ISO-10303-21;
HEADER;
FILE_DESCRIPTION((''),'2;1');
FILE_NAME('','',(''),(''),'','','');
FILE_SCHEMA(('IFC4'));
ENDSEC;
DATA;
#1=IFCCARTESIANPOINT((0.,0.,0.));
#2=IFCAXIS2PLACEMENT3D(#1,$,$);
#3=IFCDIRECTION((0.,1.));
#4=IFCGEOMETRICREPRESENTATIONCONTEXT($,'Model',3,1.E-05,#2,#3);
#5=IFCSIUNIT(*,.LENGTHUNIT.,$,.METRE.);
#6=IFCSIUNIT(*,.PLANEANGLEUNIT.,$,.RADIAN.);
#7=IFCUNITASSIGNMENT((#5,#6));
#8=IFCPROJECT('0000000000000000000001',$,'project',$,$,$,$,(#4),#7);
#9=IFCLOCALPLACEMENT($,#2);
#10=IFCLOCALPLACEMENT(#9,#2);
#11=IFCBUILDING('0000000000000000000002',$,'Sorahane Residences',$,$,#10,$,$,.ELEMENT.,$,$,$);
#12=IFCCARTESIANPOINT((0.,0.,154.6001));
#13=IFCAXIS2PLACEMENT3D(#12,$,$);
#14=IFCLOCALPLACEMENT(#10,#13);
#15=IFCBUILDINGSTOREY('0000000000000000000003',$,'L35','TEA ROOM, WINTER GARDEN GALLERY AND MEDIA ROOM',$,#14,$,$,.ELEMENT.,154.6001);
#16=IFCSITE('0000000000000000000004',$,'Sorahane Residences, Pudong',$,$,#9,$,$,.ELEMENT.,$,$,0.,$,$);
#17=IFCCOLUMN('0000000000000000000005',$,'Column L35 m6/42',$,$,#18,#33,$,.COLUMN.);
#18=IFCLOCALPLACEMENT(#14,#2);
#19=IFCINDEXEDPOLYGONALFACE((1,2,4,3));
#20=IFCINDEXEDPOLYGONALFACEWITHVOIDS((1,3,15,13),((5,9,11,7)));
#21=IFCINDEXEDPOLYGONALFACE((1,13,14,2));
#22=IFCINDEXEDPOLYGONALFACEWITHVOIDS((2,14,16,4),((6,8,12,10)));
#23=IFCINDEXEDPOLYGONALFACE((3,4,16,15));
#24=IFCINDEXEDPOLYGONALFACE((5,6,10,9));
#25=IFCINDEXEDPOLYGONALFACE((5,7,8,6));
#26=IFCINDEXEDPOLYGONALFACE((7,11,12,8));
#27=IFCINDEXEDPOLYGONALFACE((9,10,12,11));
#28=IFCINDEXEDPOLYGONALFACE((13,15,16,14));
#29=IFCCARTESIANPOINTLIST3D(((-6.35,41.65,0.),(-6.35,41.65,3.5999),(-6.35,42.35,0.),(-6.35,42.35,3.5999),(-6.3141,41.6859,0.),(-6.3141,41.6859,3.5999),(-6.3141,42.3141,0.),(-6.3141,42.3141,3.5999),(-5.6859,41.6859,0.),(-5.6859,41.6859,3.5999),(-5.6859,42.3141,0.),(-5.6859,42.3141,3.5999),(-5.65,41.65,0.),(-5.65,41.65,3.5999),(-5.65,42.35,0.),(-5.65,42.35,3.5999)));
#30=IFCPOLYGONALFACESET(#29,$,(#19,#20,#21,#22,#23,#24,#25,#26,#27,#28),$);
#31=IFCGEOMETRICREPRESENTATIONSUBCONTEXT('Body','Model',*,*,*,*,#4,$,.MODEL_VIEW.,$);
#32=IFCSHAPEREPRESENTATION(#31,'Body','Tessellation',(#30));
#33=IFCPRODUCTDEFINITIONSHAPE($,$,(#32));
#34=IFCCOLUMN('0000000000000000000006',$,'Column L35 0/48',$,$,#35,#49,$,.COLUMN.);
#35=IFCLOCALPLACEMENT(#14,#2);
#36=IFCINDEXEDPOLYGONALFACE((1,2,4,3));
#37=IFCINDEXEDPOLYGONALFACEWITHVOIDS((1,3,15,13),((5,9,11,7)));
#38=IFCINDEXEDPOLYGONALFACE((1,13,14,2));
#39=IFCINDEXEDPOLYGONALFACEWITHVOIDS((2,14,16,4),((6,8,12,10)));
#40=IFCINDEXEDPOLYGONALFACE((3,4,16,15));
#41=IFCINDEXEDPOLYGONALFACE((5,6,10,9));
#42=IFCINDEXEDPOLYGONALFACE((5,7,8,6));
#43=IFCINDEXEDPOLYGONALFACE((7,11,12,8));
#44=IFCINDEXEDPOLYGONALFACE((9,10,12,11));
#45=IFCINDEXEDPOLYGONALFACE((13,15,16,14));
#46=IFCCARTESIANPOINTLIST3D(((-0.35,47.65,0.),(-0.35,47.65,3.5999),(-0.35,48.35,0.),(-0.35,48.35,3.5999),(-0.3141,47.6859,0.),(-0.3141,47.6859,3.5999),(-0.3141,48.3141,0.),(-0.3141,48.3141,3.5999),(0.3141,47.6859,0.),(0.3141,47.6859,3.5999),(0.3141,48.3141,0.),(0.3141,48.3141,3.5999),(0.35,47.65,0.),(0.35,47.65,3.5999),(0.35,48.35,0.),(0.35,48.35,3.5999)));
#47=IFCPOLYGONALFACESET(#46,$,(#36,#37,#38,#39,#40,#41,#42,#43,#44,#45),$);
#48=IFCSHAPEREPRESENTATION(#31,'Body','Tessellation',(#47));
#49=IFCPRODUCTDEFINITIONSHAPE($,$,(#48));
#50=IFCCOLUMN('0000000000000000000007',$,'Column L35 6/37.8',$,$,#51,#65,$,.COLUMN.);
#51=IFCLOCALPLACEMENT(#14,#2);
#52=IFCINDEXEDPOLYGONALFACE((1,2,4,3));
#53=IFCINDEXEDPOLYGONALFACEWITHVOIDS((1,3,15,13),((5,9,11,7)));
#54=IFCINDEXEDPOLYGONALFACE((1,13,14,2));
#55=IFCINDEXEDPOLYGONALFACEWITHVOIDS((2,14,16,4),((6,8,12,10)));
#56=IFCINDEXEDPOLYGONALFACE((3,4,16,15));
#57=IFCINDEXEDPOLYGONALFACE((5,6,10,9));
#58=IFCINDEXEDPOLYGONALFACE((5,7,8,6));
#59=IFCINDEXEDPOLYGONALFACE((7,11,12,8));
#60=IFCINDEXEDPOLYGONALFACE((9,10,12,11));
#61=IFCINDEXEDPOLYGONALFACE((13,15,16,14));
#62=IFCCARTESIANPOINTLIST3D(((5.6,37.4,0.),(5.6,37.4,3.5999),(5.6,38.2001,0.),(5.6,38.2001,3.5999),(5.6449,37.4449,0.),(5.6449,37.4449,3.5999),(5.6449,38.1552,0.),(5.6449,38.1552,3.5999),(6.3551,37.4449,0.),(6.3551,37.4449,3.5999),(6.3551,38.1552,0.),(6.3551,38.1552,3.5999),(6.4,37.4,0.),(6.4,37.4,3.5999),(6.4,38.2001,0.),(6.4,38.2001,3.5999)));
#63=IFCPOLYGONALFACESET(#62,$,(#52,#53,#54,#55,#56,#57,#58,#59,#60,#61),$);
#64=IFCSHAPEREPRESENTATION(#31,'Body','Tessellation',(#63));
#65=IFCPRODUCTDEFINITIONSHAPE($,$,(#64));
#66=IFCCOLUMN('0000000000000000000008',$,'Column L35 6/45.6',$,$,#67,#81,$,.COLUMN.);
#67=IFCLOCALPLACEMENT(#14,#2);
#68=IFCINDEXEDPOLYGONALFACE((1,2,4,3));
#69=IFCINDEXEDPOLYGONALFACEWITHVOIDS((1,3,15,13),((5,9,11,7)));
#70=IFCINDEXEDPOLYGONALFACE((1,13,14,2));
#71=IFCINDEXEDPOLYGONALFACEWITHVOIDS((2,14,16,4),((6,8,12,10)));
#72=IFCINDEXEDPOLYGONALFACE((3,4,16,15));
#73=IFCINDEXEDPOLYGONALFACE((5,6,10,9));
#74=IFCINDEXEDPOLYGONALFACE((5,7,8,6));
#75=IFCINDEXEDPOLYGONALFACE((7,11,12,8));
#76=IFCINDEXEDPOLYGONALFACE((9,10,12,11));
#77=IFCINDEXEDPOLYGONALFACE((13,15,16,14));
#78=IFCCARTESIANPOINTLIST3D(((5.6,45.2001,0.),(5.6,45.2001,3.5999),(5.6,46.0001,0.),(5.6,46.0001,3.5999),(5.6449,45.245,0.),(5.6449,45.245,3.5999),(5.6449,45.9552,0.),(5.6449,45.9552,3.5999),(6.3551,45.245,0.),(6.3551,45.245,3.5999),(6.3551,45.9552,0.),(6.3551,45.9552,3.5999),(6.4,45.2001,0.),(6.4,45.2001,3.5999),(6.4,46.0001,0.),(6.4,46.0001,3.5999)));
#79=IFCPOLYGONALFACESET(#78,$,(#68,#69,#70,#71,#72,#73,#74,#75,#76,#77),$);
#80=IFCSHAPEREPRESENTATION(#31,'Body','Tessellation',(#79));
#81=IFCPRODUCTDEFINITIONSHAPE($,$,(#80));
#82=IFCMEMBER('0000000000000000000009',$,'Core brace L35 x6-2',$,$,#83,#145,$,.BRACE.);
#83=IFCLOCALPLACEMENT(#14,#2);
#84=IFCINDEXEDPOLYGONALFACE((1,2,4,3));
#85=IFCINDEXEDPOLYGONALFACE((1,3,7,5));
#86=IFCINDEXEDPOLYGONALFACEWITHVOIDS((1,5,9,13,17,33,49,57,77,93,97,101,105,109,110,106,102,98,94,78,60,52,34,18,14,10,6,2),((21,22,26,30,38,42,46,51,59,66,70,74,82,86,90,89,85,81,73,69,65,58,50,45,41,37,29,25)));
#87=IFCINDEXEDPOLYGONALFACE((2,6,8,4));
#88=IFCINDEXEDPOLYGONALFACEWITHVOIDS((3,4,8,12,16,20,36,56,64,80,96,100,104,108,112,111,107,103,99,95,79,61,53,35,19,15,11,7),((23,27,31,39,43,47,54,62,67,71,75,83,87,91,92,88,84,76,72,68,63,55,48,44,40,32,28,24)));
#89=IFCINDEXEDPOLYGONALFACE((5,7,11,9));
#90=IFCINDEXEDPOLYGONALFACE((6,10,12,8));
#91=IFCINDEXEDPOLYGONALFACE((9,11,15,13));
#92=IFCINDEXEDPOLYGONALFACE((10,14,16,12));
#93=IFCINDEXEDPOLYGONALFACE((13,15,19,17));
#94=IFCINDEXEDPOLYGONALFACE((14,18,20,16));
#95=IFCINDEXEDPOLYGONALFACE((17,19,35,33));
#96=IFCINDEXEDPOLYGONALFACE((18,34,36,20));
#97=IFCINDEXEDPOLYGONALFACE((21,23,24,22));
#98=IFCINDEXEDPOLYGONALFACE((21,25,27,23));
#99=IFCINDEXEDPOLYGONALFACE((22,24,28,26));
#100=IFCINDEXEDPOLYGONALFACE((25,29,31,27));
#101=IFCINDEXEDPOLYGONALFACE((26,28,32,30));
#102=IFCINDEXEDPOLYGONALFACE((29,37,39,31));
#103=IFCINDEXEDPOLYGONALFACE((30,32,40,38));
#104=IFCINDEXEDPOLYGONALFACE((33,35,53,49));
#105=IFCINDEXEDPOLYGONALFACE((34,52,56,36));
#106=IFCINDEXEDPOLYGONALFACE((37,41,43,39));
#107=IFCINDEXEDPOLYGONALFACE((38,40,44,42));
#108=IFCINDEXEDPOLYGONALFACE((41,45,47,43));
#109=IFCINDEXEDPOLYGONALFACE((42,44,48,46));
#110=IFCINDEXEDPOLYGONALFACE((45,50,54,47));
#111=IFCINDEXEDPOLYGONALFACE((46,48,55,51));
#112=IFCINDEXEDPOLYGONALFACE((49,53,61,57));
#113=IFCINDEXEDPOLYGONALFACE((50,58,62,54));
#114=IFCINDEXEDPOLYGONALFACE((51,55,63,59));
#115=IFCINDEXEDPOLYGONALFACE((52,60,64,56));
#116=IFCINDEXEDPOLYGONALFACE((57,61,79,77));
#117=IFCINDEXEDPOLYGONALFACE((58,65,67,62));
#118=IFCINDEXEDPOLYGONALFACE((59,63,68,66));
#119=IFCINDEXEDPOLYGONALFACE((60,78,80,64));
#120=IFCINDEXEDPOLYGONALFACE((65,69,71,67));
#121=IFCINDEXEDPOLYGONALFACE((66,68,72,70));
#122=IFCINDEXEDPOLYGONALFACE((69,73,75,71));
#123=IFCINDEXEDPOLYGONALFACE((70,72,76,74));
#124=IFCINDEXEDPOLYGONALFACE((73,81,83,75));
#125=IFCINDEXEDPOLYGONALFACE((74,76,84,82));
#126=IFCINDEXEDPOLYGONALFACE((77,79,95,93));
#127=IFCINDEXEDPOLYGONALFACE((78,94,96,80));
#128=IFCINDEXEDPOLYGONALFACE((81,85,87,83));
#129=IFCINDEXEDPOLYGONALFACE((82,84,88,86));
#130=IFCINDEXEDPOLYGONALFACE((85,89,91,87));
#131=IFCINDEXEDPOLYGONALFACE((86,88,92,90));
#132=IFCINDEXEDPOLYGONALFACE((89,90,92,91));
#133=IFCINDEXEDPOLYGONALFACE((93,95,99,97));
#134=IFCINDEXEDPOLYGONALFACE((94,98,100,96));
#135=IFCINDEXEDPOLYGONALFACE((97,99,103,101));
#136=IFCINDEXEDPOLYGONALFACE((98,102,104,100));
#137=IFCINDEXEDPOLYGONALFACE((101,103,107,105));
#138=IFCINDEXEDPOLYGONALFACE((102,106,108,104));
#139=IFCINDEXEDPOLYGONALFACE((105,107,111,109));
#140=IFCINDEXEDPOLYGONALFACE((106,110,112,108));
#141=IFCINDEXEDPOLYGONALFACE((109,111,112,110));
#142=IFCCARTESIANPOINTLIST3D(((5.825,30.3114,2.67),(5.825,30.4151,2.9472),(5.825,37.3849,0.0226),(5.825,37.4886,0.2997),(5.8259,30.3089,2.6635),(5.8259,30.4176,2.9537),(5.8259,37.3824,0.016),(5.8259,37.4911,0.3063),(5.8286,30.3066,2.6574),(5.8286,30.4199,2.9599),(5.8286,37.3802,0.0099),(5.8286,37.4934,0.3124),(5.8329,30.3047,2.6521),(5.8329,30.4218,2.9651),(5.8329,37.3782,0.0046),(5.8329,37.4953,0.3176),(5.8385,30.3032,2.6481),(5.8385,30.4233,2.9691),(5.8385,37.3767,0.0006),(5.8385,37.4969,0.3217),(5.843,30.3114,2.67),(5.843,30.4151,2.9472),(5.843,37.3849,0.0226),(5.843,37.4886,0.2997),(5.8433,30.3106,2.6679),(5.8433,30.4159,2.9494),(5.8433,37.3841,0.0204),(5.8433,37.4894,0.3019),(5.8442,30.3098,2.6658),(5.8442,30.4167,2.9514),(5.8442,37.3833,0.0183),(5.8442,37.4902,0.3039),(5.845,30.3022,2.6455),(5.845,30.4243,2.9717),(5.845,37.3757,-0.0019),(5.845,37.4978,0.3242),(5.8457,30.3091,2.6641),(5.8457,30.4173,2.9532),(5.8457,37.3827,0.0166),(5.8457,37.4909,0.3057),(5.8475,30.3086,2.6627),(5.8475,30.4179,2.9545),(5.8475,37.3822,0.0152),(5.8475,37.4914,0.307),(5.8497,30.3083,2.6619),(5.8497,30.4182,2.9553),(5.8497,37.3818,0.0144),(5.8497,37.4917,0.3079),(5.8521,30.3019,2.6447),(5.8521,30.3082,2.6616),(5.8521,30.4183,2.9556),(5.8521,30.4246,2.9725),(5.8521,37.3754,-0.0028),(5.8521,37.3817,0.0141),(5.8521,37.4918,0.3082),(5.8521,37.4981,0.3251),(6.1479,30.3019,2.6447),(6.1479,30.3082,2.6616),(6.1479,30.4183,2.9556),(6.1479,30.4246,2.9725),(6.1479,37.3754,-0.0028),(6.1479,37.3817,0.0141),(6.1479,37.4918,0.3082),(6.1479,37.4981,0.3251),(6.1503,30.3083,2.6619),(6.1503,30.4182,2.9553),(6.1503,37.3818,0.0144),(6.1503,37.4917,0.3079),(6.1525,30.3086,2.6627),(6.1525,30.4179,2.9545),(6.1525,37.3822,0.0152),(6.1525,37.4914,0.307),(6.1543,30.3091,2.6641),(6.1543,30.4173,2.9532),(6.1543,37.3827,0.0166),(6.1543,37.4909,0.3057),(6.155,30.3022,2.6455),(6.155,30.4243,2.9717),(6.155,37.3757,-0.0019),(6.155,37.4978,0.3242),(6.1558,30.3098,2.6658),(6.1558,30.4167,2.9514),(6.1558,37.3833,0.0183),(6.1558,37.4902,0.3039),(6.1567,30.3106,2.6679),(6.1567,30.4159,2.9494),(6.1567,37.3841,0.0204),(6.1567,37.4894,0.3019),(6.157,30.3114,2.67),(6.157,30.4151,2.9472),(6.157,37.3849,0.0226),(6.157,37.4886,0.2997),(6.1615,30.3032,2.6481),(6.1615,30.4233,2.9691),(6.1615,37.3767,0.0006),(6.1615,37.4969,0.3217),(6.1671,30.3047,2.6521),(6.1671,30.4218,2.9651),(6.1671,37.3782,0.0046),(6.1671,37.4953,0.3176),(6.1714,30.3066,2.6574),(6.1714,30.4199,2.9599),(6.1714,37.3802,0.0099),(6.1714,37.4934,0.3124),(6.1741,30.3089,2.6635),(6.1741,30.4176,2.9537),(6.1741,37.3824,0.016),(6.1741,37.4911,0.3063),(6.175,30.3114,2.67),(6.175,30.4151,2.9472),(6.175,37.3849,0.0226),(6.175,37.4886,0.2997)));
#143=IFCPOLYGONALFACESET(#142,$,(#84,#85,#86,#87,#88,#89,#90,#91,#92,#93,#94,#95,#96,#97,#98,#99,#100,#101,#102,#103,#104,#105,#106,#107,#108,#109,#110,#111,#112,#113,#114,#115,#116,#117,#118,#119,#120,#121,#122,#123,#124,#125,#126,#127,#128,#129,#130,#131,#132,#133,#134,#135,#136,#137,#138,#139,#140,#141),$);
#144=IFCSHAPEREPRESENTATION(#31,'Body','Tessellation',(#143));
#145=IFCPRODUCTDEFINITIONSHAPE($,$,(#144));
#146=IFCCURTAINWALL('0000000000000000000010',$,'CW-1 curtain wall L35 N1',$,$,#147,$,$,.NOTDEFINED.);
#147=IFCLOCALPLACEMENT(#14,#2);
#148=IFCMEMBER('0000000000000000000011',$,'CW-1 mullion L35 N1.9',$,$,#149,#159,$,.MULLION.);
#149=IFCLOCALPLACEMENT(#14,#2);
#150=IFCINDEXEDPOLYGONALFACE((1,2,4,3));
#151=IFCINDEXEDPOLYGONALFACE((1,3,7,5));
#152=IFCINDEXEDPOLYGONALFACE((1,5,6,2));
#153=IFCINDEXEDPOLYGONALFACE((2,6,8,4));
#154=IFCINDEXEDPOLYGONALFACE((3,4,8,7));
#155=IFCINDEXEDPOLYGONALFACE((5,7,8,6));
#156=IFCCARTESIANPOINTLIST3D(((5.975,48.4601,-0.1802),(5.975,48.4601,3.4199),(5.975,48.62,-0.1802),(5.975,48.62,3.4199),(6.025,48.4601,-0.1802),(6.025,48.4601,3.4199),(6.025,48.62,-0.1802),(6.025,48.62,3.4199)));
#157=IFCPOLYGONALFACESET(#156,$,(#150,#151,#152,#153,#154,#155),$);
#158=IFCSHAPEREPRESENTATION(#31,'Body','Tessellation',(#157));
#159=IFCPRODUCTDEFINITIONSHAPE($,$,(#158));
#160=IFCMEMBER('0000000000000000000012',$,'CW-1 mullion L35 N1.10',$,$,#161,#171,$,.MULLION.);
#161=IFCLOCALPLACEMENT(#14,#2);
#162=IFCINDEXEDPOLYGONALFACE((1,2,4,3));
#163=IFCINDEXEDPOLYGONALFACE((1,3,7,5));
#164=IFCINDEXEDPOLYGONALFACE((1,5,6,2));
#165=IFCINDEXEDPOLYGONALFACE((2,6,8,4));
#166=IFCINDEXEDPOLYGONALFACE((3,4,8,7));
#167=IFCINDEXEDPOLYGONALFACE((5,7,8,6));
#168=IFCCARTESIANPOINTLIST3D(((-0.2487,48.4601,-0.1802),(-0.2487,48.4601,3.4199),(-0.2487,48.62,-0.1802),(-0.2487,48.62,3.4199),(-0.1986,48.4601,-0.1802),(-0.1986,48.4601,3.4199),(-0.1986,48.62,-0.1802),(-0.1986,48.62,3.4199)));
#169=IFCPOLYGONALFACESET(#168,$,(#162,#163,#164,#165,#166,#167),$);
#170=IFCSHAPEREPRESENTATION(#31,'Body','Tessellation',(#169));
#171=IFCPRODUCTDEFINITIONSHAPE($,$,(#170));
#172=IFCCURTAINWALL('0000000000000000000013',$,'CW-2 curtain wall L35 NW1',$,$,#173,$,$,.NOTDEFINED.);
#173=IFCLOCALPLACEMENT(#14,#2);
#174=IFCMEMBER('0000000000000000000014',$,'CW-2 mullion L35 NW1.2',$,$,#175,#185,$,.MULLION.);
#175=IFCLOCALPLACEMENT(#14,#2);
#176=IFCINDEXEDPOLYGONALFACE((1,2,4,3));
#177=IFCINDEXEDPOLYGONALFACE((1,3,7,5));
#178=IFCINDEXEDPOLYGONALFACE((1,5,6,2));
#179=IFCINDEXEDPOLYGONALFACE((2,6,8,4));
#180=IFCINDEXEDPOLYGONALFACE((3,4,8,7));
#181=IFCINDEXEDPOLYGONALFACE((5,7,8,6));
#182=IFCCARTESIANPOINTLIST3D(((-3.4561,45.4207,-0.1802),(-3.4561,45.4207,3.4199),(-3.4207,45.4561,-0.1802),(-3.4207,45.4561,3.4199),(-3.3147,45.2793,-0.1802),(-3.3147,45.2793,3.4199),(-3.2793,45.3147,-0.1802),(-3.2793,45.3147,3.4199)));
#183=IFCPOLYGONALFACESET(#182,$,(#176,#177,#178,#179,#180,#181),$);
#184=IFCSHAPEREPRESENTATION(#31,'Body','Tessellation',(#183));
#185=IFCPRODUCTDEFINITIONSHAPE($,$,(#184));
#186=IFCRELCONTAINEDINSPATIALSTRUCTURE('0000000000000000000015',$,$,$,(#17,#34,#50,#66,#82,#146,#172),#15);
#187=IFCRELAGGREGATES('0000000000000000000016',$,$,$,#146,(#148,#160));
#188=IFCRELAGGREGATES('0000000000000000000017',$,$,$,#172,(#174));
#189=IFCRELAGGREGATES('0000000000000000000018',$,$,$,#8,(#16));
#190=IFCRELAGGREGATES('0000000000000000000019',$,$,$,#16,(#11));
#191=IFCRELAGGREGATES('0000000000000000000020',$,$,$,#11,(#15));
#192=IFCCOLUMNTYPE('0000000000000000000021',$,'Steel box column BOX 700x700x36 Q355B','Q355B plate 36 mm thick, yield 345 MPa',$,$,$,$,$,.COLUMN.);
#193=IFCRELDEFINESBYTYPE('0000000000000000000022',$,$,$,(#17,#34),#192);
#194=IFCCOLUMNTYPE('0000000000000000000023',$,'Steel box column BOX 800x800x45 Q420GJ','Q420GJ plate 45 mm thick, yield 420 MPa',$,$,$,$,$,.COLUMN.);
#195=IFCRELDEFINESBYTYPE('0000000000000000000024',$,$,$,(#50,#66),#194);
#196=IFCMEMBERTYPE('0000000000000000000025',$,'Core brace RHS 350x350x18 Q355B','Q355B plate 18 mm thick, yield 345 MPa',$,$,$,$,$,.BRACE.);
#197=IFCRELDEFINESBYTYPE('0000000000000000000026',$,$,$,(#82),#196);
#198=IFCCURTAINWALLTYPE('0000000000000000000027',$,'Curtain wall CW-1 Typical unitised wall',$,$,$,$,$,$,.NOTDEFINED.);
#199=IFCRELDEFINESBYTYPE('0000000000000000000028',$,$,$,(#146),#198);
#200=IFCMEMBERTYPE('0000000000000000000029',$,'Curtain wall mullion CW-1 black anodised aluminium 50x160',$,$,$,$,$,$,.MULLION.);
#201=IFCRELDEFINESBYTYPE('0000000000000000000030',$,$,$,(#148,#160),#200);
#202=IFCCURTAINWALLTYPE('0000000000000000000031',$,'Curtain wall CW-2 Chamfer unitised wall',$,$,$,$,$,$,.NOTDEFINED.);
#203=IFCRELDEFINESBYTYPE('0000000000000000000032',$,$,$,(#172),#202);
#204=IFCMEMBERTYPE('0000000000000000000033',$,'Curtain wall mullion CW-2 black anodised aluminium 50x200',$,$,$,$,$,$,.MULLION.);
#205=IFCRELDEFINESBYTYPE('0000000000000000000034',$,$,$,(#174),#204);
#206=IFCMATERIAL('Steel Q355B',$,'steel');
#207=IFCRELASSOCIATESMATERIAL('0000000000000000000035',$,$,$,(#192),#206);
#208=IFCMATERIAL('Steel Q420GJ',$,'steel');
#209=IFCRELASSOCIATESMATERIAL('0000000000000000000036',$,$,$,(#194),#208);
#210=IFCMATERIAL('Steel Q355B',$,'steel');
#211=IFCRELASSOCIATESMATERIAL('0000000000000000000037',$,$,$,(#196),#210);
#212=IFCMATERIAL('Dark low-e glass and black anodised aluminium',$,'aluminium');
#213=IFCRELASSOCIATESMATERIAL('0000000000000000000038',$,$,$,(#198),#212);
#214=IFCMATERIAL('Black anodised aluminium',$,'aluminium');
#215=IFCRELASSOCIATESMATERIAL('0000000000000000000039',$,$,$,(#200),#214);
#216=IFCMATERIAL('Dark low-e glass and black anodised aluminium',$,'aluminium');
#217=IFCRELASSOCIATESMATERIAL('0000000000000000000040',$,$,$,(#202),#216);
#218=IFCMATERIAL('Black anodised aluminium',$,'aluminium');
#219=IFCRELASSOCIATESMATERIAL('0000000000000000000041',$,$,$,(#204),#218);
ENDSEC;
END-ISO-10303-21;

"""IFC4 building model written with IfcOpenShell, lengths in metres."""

from ifc_helpers import new_model, si_unit, direction, frame, origin, origin_2d, place, context, subcontext, project, spatial, rectangle, hollow_rectangle, extrude, material, material_profile, profile_set, type_object, element, aggregate, save


model = new_model("IFC4")

# Units and contexts
model_context = context("Model", 3, precision=1e-05, world=origin(), true_north=direction((0.0, 1.0)))
body_context = subcontext(model_context, "Body", "Model", "MODEL_VIEW")
ifc_project = project(units=[si_unit("LENGTHUNIT", "METRE"), si_unit("PLANEANGLEUNIT", "RADIAN")], contexts=[model_context])

# Site, building, storey
site_placement = place(None, origin())
site = spatial("IfcSite", under=ifc_project, at=site_placement, Name="Sorahane Residences, Pudong", CompositionType="ELEMENT", RefElevation=0.0)
building_placement = place(site_placement, origin())
building = spatial("IfcBuilding", under=site, at=building_placement, Name="Sorahane Residences", CompositionType="ELEMENT")
storey_placement = place(building_placement, frame((0.0, 0.0, 154.6001)))
storey = spatial("IfcBuildingStorey", under=building, at=storey_placement, Name="L35", Description="TEA ROOM, WINTER GARDEN GALLERY AND MEDIA ROOM", CompositionType="ELEMENT", Elevation=154.6001)

# Columns
ifc_material_1 = material(Name="Steel Q355B", Category="steel")
ifc_material_profile_1 = material_profile(ifc_material_1, hollow_rectangle(XDim=0.7, YDim=0.7, WallThickness=0.0359, at=origin_2d()), Name="BOX 700x700x36")
ifc_profile_set_1 = profile_set([ifc_material_profile_1], Name="Steel Q355B")
column_type_1 = type_object("IfcColumnType", Name="Steel box column BOX 700x700x36 Q355B", Description="Q355B plate 36 mm thick, yield 345 MPa", PredefinedType="COLUMN", material=ifc_profile_set_1)
for number, where, z_axis, x_axis, name in (
    (1, (-6.0, 42.0, 0.0), (0.0, 0.0, 1.0), (1.0, 0.0, 0.0), "Column L35 m6/42"),
    (2, (0.0, 48.0, 0.0), (0.0, 0.0, 1.0), (1.0, 0.0, 0.0), "Column L35 0/48"),
):
    element("IfcColumn", number, at=place(storey_placement, frame(where, z_axis=z_axis, x_axis=x_axis)), inside=storey, type_object=column_type_1, Name=name, PredefinedType="COLUMN", context=body_context, shape_type="SweptSolid", body=[
        extrude(hollow_rectangle(XDim=0.7, YDim=0.7, WallThickness=0.0359, at=origin_2d()), origin(), (0.0, 0.0, 1.0), 3.5999),
    ])
ifc_material_2 = material(Name="Steel Q420GJ", Category="steel")
ifc_material_profile_2 = material_profile(ifc_material_2, hollow_rectangle(XDim=0.8, YDim=0.8, WallThickness=0.0449, at=origin_2d()), Name="BOX 800x800x45")
ifc_profile_set_2 = profile_set([ifc_material_profile_2], Name="Steel Q420GJ")
column_type_2 = type_object("IfcColumnType", Name="Steel box column BOX 800x800x45 Q420GJ", Description="Q420GJ plate 45 mm thick, yield 420 MPa", PredefinedType="COLUMN", material=ifc_profile_set_2)
for number, where, z_axis, x_axis, name in (
    (3, (6.0, 37.8, 0.0), (0.0, 0.0, 1.0), (1.0, 0.0, 0.0), "Column L35 6/37.8"),
    (4, (6.0, 45.6001, 0.0), (0.0, 0.0, 1.0), (1.0, 0.0, 0.0), "Column L35 6/45.6"),
):
    element("IfcColumn", number, at=place(storey_placement, frame(where, z_axis=z_axis, x_axis=x_axis)), inside=storey, type_object=column_type_2, Name=name, PredefinedType="COLUMN", context=body_context, shape_type="SweptSolid", body=[
        extrude(hollow_rectangle(XDim=0.8, YDim=0.8, WallThickness=0.0449, at=origin_2d()), origin(), (0.0, 0.0, 1.0), 3.5999),
    ])

# Member
ifc_material_3 = material(Name="Steel Q355B", Category="steel")
ifc_material_profile_3 = material_profile(ifc_material_3, hollow_rectangle(XDim=0.3501, YDim=0.3501, WallThickness=0.0181, InnerFilletRadius=0.009, OuterFilletRadius=0.0271, at=origin_2d()), Name="RHS 350x350x18")
ifc_profile_set_3 = profile_set([ifc_material_profile_3], Name="Steel Q355B")
member_type_1 = type_object("IfcMemberType", Name="Core brace RHS 350x350x18 Q355B", Description="Q355B plate 18 mm thick, yield 345 MPa", PredefinedType="BRACE", material=ifc_profile_set_3)
member_1_placement = place(storey_placement, frame((6.0, 37.4368, 0.1611), z_axis=(0.0, -0.936551, 0.350532), x_axis=(1.0, 0.0, 0.0)))
element("IfcMember", 5, at=member_1_placement, inside=storey, type_object=member_type_1, Name="Core brace L35 x6-2", PredefinedType="BRACE", context=body_context, shape_type="SweptSolid", body=[
    extrude(hollow_rectangle(XDim=0.3501, YDim=0.3501, WallThickness=0.0181, InnerFilletRadius=0.009, OuterFilletRadius=0.0271, at=origin_2d()), origin(), (0.0, 0.0, 1.0), 7.5527),
])

# Curtain walls, members
ifc_material_4 = material(Name="Dark low-e glass and black anodised aluminium", Category="aluminium")
curtain_wall_type_1 = type_object("IfcCurtainWallType", Name="Curtain wall CW-1 Typical unitised wall", PredefinedType="NOTDEFINED", material=ifc_material_4)
curtain_wall_1_placement = place(storey_placement, origin())
curtain_wall_1 = element("IfcCurtainWall", 6, at=curtain_wall_1_placement, inside=storey, type_object=curtain_wall_type_1, Name="CW-1 curtain wall L35 N1", PredefinedType="NOTDEFINED")
ifc_material_5 = material(Name="Black anodised aluminium", Category="aluminium")
ifc_material_profile_4 = material_profile(ifc_material_5, rectangle(XDim=0.1599, YDim=0.05, at=origin_2d()), Name="Curtain wall mullion CW-1 black anodised aluminium 50x160")
ifc_profile_set_4 = profile_set([ifc_material_profile_4], Name="Black anodised aluminium")
member_type_2 = type_object("IfcMemberType", Name="Curtain wall mullion CW-1 black anodised aluminium 50x160", PredefinedType="MULLION", material=ifc_profile_set_4)
member_2_placement = place(storey_placement, frame((6.0, 48.54, -0.1802), z_axis=(0.0, 0.0, 1.0), x_axis=(0.0, 1.0, 0.0)))
member_2 = element("IfcMember", 7, at=member_2_placement, type_object=member_type_2, Name="CW-1 mullion L35 N1.9", PredefinedType="MULLION", context=body_context, shape_type="SweptSolid", body=[
    extrude(rectangle(XDim=0.1599, YDim=0.05, at=origin_2d()), origin(), (0.0, 0.0, 1.0), 3.6001),
])
member_3_placement = place(storey_placement, frame((-0.2236, 48.54, -0.1802), z_axis=(0.0, 0.0, 1.0), x_axis=(0.0, 1.0, 0.0)))
member_3 = element("IfcMember", 8, at=member_3_placement, type_object=member_type_2, Name="CW-1 mullion L35 N1.10", PredefinedType="MULLION", context=body_context, shape_type="SweptSolid", body=[
    extrude(rectangle(XDim=0.1599, YDim=0.05, at=origin_2d()), origin(), (0.0, 0.0, 1.0), 3.6001),
])
ifc_material_6 = material(Name="Dark low-e glass and black anodised aluminium", Category="aluminium")
curtain_wall_type_2 = type_object("IfcCurtainWallType", Name="Curtain wall CW-2 Chamfer unitised wall", PredefinedType="NOTDEFINED", material=ifc_material_6)
curtain_wall_2_placement = place(storey_placement, origin())
curtain_wall_2 = element("IfcCurtainWall", 9, at=curtain_wall_2_placement, inside=storey, type_object=curtain_wall_type_2, Name="CW-2 curtain wall L35 NW1", PredefinedType="NOTDEFINED")
ifc_material_7 = material(Name="Black anodised aluminium", Category="aluminium")
ifc_material_profile_5 = material_profile(ifc_material_7, rectangle(XDim=0.2, YDim=0.05, at=origin_2d()), Name="Curtain wall mullion CW-2 black anodised aluminium 50x200")
ifc_profile_set_5 = profile_set([ifc_material_profile_5], Name="Black anodised aluminium")
member_type_3 = type_object("IfcMemberType", Name="Curtain wall mullion CW-2 black anodised aluminium 50x200", PredefinedType="MULLION", material=ifc_profile_set_5)
member_4_placement = place(storey_placement, frame((-3.3677, 45.3677, -0.1802), z_axis=(0.0, 0.0, 1.0), x_axis=(-0.707107, 0.707107, 0.0)))
member_4 = element("IfcMember", 10, at=member_4_placement, type_object=member_type_3, Name="CW-2 mullion L35 NW1.2", PredefinedType="MULLION", context=body_context, shape_type="SweptSolid", body=[
    extrude(rectangle(XDim=0.2, YDim=0.05, at=origin_2d()), origin(), (0.0, 0.0, 1.0), 3.6001),
])

aggregate(curtain_wall_1, [member_2, member_3])
aggregate(curtain_wall_2, [member_4])

save(model, "model.ifc")
